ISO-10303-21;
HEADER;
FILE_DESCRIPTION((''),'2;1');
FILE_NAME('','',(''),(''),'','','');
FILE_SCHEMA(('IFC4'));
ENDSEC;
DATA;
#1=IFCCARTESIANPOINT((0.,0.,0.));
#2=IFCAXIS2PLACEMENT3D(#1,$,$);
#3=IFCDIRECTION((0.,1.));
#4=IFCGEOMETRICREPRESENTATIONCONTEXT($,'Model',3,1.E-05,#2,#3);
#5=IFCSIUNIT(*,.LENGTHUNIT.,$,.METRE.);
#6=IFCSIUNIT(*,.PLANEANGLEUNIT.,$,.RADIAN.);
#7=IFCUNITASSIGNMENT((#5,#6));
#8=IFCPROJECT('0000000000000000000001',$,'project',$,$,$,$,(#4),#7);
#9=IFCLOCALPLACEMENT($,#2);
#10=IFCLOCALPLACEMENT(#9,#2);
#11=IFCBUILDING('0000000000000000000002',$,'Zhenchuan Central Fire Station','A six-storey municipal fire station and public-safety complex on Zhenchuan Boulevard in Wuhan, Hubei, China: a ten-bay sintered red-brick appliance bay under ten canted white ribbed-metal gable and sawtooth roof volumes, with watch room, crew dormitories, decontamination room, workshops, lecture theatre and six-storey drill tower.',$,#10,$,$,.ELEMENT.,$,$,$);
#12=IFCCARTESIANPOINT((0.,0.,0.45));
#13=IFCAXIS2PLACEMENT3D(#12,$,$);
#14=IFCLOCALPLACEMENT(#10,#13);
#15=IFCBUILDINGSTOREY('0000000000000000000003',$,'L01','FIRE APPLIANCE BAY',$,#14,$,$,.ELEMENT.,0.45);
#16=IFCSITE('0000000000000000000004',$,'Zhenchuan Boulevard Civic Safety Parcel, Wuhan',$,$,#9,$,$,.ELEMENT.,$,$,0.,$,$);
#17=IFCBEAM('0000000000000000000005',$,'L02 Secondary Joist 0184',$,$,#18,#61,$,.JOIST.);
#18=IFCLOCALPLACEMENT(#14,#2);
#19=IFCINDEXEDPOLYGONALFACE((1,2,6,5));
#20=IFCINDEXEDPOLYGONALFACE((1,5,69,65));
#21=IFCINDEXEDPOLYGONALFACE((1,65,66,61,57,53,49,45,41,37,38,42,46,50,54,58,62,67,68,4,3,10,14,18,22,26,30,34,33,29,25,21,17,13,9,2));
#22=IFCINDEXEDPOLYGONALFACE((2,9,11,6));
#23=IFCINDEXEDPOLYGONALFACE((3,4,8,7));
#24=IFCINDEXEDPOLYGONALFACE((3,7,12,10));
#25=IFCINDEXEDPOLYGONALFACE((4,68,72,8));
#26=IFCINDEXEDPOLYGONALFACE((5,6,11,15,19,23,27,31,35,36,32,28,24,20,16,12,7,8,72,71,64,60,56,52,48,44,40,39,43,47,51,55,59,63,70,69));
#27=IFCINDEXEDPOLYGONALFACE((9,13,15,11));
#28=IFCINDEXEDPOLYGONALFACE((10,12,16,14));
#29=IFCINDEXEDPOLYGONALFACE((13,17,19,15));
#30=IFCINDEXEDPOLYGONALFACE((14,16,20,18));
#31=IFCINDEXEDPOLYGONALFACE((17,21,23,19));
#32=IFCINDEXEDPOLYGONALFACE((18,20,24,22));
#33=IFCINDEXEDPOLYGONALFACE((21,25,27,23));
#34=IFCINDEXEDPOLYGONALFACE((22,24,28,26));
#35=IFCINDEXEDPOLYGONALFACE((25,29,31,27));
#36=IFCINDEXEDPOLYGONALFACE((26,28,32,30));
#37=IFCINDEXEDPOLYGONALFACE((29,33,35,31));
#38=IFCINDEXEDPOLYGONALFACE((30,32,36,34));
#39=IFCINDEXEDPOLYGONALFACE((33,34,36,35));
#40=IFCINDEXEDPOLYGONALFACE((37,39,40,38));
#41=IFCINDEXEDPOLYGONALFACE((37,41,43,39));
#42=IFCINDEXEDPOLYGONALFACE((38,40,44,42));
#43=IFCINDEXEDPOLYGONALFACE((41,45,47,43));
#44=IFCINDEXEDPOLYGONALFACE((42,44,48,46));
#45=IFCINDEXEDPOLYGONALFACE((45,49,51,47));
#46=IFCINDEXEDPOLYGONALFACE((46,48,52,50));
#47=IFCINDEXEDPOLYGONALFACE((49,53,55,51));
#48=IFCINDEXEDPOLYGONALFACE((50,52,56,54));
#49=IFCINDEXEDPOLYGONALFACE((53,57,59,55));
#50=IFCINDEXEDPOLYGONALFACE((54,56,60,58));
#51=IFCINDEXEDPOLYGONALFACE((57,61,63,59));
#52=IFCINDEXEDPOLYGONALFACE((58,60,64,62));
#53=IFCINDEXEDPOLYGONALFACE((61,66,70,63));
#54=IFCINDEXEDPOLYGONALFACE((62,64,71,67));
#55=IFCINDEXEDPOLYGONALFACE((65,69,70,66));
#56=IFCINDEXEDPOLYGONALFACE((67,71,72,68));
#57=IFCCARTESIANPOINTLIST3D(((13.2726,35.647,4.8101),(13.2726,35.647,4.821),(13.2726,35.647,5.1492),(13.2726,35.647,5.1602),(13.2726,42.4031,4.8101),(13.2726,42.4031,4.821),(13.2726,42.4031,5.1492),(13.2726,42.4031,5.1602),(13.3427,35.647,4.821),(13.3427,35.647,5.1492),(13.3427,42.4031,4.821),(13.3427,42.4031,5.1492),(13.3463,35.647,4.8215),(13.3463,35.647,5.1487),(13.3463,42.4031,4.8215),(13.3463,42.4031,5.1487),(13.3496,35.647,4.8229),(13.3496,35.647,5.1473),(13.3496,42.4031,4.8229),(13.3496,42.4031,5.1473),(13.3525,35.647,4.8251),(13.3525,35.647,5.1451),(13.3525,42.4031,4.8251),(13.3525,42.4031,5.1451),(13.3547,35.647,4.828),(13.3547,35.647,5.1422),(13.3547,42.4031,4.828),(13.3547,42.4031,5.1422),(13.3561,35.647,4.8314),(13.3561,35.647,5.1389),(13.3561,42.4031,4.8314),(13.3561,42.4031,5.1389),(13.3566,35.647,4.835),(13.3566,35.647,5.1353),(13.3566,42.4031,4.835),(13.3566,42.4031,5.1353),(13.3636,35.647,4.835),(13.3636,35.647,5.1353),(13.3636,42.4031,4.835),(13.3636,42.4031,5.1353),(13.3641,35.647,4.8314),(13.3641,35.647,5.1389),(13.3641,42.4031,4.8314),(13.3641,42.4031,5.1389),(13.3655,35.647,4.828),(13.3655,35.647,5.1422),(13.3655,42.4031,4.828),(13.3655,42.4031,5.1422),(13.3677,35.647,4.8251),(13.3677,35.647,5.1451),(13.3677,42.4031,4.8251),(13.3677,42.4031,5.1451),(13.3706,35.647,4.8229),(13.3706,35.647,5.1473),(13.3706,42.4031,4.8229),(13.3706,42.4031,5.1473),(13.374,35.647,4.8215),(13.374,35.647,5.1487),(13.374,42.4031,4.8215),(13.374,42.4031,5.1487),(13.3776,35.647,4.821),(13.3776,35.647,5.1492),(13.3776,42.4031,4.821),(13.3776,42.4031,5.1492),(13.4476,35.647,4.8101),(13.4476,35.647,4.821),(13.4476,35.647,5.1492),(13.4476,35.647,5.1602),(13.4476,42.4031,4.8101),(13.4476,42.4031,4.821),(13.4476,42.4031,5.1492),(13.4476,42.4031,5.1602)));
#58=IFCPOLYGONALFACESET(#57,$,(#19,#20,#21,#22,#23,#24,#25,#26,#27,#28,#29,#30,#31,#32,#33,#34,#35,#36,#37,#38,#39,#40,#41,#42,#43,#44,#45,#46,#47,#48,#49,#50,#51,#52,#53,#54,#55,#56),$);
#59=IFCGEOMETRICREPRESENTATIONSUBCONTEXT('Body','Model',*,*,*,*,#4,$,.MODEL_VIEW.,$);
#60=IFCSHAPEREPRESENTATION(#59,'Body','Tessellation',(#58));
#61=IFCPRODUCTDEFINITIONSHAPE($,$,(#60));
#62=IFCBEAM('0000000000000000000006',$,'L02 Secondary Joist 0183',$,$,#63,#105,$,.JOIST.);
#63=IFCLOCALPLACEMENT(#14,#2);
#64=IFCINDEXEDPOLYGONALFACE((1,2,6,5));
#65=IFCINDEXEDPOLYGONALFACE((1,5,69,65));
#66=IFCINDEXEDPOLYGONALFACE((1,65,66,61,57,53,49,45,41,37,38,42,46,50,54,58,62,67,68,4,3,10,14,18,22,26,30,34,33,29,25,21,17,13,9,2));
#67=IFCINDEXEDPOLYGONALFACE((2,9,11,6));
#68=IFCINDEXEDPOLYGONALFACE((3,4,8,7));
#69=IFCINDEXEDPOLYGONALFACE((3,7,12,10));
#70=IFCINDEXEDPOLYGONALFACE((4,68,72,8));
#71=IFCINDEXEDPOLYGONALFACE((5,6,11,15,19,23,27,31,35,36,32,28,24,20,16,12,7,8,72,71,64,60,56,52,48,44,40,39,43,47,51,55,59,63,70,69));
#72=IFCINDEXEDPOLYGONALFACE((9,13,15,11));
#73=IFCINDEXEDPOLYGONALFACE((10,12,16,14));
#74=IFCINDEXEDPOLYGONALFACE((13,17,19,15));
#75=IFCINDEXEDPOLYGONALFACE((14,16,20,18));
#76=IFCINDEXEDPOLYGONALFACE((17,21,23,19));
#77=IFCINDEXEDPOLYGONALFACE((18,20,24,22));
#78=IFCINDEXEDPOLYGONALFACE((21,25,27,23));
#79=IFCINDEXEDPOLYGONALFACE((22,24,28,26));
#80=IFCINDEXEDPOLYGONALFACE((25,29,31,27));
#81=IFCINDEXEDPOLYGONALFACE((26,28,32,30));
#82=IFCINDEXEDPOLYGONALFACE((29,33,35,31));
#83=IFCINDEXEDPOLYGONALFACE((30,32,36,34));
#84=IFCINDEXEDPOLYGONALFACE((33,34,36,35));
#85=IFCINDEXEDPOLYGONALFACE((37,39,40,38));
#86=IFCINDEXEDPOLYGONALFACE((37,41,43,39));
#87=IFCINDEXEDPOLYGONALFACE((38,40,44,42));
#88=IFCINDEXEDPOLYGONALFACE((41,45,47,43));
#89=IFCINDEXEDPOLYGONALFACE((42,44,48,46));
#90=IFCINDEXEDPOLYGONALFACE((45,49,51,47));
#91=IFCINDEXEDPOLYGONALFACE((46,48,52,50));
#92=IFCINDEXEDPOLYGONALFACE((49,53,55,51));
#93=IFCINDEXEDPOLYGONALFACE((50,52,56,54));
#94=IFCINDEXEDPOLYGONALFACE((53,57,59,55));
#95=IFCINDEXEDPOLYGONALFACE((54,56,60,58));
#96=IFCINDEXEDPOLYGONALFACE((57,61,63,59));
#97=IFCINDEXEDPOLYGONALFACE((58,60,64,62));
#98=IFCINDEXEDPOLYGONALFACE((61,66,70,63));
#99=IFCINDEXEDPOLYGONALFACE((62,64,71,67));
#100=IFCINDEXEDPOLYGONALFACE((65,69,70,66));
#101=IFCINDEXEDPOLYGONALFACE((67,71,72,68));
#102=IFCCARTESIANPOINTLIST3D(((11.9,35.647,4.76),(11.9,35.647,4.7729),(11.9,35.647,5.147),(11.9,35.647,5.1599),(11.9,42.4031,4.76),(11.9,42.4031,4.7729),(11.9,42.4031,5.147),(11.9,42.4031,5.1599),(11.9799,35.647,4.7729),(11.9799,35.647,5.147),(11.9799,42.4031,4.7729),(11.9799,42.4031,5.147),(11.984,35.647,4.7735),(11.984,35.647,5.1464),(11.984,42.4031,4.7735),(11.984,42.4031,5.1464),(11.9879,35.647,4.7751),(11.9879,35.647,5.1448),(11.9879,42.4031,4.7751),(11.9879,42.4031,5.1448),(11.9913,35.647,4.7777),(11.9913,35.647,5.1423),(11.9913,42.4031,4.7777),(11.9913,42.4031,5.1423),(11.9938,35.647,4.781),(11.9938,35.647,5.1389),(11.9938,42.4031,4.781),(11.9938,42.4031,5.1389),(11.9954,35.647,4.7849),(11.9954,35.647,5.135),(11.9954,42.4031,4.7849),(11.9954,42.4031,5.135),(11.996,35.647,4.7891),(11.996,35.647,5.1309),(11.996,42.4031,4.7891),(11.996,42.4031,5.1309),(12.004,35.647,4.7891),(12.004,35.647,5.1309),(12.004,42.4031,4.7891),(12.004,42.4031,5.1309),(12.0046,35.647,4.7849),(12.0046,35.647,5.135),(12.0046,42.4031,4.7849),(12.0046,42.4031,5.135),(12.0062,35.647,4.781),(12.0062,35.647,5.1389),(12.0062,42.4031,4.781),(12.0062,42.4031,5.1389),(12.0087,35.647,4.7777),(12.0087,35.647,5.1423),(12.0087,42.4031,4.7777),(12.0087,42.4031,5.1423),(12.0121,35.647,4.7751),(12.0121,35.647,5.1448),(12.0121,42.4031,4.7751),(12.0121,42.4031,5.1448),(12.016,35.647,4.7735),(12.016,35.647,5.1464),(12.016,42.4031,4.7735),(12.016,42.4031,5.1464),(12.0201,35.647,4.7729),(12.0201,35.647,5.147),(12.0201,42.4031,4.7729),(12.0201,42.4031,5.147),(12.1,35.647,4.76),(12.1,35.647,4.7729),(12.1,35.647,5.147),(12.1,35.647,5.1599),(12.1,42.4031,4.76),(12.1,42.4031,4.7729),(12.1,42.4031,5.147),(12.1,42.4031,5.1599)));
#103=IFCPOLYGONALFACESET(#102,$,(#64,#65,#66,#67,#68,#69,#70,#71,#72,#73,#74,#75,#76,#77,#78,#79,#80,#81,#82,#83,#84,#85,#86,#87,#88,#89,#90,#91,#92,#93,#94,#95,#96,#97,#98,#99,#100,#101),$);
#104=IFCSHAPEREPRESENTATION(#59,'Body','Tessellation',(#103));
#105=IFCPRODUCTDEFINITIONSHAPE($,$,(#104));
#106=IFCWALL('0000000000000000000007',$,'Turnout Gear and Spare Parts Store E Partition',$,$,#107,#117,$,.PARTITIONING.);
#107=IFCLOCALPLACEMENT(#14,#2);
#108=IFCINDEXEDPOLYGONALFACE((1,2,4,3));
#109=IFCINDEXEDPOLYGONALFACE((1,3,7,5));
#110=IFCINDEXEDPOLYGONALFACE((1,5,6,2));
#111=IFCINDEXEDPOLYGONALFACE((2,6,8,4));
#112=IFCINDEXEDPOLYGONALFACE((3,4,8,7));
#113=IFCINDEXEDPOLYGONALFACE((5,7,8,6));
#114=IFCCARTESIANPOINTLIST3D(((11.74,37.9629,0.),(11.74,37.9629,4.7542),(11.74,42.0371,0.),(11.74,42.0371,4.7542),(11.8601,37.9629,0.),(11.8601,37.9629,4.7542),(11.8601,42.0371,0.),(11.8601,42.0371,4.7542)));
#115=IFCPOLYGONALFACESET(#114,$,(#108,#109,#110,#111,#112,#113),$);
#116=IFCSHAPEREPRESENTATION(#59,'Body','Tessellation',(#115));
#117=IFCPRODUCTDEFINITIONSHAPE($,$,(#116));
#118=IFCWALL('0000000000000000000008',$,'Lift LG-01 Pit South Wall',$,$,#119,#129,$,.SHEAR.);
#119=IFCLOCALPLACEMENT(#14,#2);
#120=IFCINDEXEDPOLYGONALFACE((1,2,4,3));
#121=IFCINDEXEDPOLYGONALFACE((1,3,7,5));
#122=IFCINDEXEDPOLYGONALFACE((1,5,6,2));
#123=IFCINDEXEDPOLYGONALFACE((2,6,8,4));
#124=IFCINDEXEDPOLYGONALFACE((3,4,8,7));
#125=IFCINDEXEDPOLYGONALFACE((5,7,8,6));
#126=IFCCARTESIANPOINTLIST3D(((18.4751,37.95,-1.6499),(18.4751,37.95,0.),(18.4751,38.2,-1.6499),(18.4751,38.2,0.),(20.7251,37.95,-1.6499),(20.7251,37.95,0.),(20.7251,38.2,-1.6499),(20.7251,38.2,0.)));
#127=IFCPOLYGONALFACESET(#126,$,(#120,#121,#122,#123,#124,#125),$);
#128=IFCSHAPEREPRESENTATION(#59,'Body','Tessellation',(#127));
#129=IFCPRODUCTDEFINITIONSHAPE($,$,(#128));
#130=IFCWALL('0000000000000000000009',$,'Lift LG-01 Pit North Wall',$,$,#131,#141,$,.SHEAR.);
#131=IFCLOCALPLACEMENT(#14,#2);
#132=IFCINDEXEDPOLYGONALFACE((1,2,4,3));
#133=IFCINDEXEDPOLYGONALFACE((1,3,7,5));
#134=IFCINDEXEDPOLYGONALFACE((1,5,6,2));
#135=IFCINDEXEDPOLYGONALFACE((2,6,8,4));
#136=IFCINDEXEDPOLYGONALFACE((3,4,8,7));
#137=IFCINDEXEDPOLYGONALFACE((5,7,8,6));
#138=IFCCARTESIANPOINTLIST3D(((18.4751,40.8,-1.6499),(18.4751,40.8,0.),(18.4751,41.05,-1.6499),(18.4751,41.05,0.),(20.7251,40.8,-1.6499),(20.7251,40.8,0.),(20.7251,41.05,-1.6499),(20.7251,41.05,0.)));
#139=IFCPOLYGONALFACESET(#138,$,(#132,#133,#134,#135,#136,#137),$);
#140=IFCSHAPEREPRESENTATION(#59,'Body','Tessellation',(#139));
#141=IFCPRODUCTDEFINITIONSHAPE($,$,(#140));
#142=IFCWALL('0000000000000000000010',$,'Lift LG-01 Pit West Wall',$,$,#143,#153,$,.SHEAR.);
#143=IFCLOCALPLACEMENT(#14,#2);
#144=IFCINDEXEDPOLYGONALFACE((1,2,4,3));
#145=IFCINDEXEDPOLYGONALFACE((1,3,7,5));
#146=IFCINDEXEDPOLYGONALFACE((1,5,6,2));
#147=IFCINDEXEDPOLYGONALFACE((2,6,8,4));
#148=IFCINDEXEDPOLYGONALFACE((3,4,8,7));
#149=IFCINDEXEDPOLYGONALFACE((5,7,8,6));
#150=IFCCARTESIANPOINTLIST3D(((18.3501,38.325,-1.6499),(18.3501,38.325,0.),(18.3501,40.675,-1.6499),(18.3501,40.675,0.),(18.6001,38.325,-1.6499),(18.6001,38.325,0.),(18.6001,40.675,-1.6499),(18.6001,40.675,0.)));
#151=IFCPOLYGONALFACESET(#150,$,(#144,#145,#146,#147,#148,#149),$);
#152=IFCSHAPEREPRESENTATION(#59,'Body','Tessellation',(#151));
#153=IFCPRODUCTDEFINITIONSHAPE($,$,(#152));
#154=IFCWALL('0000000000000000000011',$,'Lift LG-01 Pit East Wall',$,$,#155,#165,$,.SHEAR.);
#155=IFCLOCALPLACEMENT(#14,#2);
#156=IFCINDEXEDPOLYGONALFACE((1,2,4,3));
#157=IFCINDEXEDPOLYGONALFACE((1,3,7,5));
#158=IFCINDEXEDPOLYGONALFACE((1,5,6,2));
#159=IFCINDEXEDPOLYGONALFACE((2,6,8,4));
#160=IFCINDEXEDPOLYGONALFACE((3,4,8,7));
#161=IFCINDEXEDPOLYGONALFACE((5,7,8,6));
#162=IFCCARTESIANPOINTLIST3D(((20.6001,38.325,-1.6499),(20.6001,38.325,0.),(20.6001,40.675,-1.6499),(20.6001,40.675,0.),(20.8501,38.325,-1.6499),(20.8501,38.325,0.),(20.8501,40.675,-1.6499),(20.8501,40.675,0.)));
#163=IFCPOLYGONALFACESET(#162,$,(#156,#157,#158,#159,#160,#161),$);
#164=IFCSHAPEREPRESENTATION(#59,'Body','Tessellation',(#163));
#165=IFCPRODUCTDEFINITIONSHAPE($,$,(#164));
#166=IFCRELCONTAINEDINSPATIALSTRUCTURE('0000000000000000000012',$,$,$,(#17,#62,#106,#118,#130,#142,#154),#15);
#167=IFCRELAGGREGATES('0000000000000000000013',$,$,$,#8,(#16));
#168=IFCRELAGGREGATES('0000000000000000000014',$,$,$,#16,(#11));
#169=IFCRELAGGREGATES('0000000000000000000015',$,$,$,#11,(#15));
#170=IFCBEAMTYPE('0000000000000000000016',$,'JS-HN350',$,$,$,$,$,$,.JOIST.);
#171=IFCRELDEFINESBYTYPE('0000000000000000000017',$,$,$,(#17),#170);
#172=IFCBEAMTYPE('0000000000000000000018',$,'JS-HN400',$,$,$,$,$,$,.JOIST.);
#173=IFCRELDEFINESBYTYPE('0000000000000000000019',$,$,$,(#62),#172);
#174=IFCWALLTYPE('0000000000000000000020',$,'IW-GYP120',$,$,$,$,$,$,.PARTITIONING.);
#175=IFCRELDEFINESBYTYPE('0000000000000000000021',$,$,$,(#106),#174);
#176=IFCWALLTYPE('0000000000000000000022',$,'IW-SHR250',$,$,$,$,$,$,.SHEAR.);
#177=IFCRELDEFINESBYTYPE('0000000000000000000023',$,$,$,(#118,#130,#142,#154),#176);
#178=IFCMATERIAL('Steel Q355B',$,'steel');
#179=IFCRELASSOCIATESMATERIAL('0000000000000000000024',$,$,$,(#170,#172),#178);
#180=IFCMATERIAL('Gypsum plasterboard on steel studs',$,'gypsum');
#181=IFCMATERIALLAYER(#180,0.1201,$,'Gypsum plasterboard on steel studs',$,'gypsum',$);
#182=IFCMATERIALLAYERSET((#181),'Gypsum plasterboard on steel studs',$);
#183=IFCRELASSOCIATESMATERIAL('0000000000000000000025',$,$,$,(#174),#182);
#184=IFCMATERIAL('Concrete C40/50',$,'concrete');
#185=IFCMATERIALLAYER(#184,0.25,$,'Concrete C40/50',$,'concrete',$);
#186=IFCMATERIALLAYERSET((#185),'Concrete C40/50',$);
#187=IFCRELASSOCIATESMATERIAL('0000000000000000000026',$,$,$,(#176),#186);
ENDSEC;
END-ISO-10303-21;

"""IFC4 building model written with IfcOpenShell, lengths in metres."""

from ifc_helpers import new_model, si_unit, direction, frame, frame_2d, origin, origin_2d, place, context, subcontext, project, spatial, rectangle, i_section, extrude, material, layer, layer_set, material_profile, profile_set, type_object, element, save


model = new_model("IFC4")

# Units and contexts
model_context = context("Model", 3, precision=1e-05, world=origin(), true_north=direction((0.0, 1.0)))
body_context = subcontext(model_context, "Body", "Model", "MODEL_VIEW")
ifc_project = project(units=[si_unit("LENGTHUNIT", "METRE"), si_unit("PLANEANGLEUNIT", "RADIAN")], contexts=[model_context])

# Site, building, storey
site_placement = place(None, origin())
site = spatial("IfcSite", under=ifc_project, at=site_placement, Name="Zhenchuan Boulevard Civic Safety Parcel, Wuhan", CompositionType="ELEMENT", RefElevation=0.0)
building_placement = place(site_placement, origin())
building = spatial("IfcBuilding", under=site, at=building_placement, Name="Zhenchuan Central Fire Station", Description="A six-storey municipal fire station and public-safety complex on Zhenchuan Boulevard in Wuhan, Hubei, China: a ten-bay sintered red-brick appliance bay under ten canted white ribbed-metal gable and sawtooth roof volumes, with watch room, crew dormitories, decontamination room, workshops, lecture theatre and six-storey drill tower.", CompositionType="ELEMENT")
storey_placement = place(building_placement, frame((0.0, 0.0, 0.45)))
storey = spatial("IfcBuildingStorey", under=building, at=storey_placement, Name="L01", Description="FIRE APPLIANCE BAY", CompositionType="ELEMENT", Elevation=0.45)

# Beams
ifc_material_1 = material(Name="Steel Q355B", Category="steel")
ifc_material_profile_1 = material_profile(ifc_material_1, i_section(OverallWidth=0.175, OverallDepth=0.3501, WebThickness=0.0071, FlangeThickness=0.011, FilletRadius=0.0139, at=origin_2d()), Name="HN 350x175")
ifc_profile_set_1 = profile_set([ifc_material_profile_1], Name="Steel Q355B")
beam_type_1 = type_object("IfcBeamType", Name="JS-HN350", PredefinedType="JOIST", material=ifc_profile_set_1)
beam_1_placement = place(storey_placement, frame((13.3601, 35.647, 4.9851), z_axis=(0.0, 1.0, 0.0), x_axis=(-1.0, 0.0, 0.0)))
element("IfcBeam", 1, at=beam_1_placement, inside=storey, type_object=beam_type_1, Name="L02 Secondary Joist 0184", PredefinedType="JOIST", context=body_context, shape_type="SweptSolid", body=[
    extrude(i_section(OverallWidth=0.175, OverallDepth=0.3501, WebThickness=0.0071, FlangeThickness=0.011, FilletRadius=0.0139, at=origin_2d()), origin(), (0.0, 0.0, 1.0), 6.7561),
])
ifc_material_profile_2 = material_profile(ifc_material_1, i_section(OverallWidth=0.2, OverallDepth=0.3999, WebThickness=0.0081, FlangeThickness=0.0129, FilletRadius=0.0161, at=origin_2d()), Name="HN 400x200")
ifc_profile_set_2 = profile_set([ifc_material_profile_2], Name="Steel Q355B")
beam_type_2 = type_object("IfcBeamType", Name="JS-HN400", PredefinedType="JOIST", material=ifc_profile_set_2)
beam_2_placement = place(storey_placement, frame((12.0, 35.647, 4.96), z_axis=(0.0, 1.0, 0.0), x_axis=(-1.0, 0.0, 0.0)))
element("IfcBeam", 2, at=beam_2_placement, inside=storey, type_object=beam_type_2, Name="L02 Secondary Joist 0183", PredefinedType="JOIST", context=body_context, shape_type="SweptSolid", body=[
    extrude(i_section(OverallWidth=0.2, OverallDepth=0.3999, WebThickness=0.0081, FlangeThickness=0.0129, FilletRadius=0.0161, at=origin_2d()), origin(), (0.0, 0.0, 1.0), 6.7561),
])

# Walls
ifc_material_2 = material(Name="Gypsum plasterboard on steel studs", Category="gypsum")
ifc_layer_1 = layer(ifc_material_2, 0.1201, Name="Gypsum plasterboard on steel studs", Category="gypsum")
ifc_layer_set_1 = layer_set([ifc_layer_1], Name="Gypsum plasterboard on steel studs")
wall_type_1 = type_object("IfcWallType", Name="IW-GYP120", PredefinedType="PARTITIONING", material=ifc_layer_set_1)
wall_1_placement = place(storey_placement, frame((11.8, 37.9629, 0.0), z_axis=(0.0, 0.0, 1.0), x_axis=(0.0, 1.0, 0.0)))
element("IfcWall", 3, at=wall_1_placement, inside=storey, type_object=wall_type_1, Name="Turnout Gear and Spare Parts Store E Partition", PredefinedType="PARTITIONING", context=body_context, shape_type="SweptSolid", body=[
    extrude(rectangle(XDim=4.0742, YDim=0.1201, at=frame_2d((2.0371, 0.0))), origin(), (0.0, 0.0, 1.0), 4.7542),
])
ifc_material_3 = material(Name="Concrete C40/50", Category="concrete")
ifc_layer_2 = layer(ifc_material_3, 0.25, Name="Concrete C40/50", Category="concrete")
ifc_layer_set_2 = layer_set([ifc_layer_2], Name="Concrete C40/50")
wall_type_2 = type_object("IfcWallType", Name="IW-SHR250", PredefinedType="SHEAR", material=ifc_layer_set_2)
for number, where, z_axis, x_axis, name in (
    (4, (18.4751, 38.075, -1.6499), (0.0, 0.0, 1.0), (1.0, 0.0, 0.0), "Lift LG-01 Pit South Wall"),
    (5, (18.4751, 40.925, -1.6499), (0.0, 0.0, 1.0), (1.0, 0.0, 0.0), "Lift LG-01 Pit North Wall"),
):
    element("IfcWall", number, at=place(storey_placement, frame(where, z_axis=z_axis, x_axis=x_axis)), inside=storey, type_object=wall_type_2, Name=name, PredefinedType="SHEAR", context=body_context, shape_type="SweptSolid", body=[
        extrude(rectangle(XDim=2.25, YDim=0.25, at=frame_2d((1.125, 0.0))), origin(), (0.0, 0.0, 1.0), 1.6499),
    ])
for number, where, z_axis, x_axis, name in (
    (6, (18.4751, 38.325, -1.6499), (0.0, 0.0, 1.0), (0.0, 1.0, 0.0), "Lift LG-01 Pit West Wall"),
    (7, (20.7251, 38.325, -1.6499), (0.0, 0.0, 1.0), (0.0, 1.0, 0.0), "Lift LG-01 Pit East Wall"),
):
    element("IfcWall", number, at=place(storey_placement, frame(where, z_axis=z_axis, x_axis=x_axis)), inside=storey, type_object=wall_type_2, Name=name, PredefinedType="SHEAR", context=body_context, shape_type="SweptSolid", body=[
        extrude(rectangle(XDim=2.3501, YDim=0.25, at=frame_2d((1.175, 0.0))), origin(), (0.0, 0.0, 1.0), 1.6499),
    ])

save(model, "model.ifc")
